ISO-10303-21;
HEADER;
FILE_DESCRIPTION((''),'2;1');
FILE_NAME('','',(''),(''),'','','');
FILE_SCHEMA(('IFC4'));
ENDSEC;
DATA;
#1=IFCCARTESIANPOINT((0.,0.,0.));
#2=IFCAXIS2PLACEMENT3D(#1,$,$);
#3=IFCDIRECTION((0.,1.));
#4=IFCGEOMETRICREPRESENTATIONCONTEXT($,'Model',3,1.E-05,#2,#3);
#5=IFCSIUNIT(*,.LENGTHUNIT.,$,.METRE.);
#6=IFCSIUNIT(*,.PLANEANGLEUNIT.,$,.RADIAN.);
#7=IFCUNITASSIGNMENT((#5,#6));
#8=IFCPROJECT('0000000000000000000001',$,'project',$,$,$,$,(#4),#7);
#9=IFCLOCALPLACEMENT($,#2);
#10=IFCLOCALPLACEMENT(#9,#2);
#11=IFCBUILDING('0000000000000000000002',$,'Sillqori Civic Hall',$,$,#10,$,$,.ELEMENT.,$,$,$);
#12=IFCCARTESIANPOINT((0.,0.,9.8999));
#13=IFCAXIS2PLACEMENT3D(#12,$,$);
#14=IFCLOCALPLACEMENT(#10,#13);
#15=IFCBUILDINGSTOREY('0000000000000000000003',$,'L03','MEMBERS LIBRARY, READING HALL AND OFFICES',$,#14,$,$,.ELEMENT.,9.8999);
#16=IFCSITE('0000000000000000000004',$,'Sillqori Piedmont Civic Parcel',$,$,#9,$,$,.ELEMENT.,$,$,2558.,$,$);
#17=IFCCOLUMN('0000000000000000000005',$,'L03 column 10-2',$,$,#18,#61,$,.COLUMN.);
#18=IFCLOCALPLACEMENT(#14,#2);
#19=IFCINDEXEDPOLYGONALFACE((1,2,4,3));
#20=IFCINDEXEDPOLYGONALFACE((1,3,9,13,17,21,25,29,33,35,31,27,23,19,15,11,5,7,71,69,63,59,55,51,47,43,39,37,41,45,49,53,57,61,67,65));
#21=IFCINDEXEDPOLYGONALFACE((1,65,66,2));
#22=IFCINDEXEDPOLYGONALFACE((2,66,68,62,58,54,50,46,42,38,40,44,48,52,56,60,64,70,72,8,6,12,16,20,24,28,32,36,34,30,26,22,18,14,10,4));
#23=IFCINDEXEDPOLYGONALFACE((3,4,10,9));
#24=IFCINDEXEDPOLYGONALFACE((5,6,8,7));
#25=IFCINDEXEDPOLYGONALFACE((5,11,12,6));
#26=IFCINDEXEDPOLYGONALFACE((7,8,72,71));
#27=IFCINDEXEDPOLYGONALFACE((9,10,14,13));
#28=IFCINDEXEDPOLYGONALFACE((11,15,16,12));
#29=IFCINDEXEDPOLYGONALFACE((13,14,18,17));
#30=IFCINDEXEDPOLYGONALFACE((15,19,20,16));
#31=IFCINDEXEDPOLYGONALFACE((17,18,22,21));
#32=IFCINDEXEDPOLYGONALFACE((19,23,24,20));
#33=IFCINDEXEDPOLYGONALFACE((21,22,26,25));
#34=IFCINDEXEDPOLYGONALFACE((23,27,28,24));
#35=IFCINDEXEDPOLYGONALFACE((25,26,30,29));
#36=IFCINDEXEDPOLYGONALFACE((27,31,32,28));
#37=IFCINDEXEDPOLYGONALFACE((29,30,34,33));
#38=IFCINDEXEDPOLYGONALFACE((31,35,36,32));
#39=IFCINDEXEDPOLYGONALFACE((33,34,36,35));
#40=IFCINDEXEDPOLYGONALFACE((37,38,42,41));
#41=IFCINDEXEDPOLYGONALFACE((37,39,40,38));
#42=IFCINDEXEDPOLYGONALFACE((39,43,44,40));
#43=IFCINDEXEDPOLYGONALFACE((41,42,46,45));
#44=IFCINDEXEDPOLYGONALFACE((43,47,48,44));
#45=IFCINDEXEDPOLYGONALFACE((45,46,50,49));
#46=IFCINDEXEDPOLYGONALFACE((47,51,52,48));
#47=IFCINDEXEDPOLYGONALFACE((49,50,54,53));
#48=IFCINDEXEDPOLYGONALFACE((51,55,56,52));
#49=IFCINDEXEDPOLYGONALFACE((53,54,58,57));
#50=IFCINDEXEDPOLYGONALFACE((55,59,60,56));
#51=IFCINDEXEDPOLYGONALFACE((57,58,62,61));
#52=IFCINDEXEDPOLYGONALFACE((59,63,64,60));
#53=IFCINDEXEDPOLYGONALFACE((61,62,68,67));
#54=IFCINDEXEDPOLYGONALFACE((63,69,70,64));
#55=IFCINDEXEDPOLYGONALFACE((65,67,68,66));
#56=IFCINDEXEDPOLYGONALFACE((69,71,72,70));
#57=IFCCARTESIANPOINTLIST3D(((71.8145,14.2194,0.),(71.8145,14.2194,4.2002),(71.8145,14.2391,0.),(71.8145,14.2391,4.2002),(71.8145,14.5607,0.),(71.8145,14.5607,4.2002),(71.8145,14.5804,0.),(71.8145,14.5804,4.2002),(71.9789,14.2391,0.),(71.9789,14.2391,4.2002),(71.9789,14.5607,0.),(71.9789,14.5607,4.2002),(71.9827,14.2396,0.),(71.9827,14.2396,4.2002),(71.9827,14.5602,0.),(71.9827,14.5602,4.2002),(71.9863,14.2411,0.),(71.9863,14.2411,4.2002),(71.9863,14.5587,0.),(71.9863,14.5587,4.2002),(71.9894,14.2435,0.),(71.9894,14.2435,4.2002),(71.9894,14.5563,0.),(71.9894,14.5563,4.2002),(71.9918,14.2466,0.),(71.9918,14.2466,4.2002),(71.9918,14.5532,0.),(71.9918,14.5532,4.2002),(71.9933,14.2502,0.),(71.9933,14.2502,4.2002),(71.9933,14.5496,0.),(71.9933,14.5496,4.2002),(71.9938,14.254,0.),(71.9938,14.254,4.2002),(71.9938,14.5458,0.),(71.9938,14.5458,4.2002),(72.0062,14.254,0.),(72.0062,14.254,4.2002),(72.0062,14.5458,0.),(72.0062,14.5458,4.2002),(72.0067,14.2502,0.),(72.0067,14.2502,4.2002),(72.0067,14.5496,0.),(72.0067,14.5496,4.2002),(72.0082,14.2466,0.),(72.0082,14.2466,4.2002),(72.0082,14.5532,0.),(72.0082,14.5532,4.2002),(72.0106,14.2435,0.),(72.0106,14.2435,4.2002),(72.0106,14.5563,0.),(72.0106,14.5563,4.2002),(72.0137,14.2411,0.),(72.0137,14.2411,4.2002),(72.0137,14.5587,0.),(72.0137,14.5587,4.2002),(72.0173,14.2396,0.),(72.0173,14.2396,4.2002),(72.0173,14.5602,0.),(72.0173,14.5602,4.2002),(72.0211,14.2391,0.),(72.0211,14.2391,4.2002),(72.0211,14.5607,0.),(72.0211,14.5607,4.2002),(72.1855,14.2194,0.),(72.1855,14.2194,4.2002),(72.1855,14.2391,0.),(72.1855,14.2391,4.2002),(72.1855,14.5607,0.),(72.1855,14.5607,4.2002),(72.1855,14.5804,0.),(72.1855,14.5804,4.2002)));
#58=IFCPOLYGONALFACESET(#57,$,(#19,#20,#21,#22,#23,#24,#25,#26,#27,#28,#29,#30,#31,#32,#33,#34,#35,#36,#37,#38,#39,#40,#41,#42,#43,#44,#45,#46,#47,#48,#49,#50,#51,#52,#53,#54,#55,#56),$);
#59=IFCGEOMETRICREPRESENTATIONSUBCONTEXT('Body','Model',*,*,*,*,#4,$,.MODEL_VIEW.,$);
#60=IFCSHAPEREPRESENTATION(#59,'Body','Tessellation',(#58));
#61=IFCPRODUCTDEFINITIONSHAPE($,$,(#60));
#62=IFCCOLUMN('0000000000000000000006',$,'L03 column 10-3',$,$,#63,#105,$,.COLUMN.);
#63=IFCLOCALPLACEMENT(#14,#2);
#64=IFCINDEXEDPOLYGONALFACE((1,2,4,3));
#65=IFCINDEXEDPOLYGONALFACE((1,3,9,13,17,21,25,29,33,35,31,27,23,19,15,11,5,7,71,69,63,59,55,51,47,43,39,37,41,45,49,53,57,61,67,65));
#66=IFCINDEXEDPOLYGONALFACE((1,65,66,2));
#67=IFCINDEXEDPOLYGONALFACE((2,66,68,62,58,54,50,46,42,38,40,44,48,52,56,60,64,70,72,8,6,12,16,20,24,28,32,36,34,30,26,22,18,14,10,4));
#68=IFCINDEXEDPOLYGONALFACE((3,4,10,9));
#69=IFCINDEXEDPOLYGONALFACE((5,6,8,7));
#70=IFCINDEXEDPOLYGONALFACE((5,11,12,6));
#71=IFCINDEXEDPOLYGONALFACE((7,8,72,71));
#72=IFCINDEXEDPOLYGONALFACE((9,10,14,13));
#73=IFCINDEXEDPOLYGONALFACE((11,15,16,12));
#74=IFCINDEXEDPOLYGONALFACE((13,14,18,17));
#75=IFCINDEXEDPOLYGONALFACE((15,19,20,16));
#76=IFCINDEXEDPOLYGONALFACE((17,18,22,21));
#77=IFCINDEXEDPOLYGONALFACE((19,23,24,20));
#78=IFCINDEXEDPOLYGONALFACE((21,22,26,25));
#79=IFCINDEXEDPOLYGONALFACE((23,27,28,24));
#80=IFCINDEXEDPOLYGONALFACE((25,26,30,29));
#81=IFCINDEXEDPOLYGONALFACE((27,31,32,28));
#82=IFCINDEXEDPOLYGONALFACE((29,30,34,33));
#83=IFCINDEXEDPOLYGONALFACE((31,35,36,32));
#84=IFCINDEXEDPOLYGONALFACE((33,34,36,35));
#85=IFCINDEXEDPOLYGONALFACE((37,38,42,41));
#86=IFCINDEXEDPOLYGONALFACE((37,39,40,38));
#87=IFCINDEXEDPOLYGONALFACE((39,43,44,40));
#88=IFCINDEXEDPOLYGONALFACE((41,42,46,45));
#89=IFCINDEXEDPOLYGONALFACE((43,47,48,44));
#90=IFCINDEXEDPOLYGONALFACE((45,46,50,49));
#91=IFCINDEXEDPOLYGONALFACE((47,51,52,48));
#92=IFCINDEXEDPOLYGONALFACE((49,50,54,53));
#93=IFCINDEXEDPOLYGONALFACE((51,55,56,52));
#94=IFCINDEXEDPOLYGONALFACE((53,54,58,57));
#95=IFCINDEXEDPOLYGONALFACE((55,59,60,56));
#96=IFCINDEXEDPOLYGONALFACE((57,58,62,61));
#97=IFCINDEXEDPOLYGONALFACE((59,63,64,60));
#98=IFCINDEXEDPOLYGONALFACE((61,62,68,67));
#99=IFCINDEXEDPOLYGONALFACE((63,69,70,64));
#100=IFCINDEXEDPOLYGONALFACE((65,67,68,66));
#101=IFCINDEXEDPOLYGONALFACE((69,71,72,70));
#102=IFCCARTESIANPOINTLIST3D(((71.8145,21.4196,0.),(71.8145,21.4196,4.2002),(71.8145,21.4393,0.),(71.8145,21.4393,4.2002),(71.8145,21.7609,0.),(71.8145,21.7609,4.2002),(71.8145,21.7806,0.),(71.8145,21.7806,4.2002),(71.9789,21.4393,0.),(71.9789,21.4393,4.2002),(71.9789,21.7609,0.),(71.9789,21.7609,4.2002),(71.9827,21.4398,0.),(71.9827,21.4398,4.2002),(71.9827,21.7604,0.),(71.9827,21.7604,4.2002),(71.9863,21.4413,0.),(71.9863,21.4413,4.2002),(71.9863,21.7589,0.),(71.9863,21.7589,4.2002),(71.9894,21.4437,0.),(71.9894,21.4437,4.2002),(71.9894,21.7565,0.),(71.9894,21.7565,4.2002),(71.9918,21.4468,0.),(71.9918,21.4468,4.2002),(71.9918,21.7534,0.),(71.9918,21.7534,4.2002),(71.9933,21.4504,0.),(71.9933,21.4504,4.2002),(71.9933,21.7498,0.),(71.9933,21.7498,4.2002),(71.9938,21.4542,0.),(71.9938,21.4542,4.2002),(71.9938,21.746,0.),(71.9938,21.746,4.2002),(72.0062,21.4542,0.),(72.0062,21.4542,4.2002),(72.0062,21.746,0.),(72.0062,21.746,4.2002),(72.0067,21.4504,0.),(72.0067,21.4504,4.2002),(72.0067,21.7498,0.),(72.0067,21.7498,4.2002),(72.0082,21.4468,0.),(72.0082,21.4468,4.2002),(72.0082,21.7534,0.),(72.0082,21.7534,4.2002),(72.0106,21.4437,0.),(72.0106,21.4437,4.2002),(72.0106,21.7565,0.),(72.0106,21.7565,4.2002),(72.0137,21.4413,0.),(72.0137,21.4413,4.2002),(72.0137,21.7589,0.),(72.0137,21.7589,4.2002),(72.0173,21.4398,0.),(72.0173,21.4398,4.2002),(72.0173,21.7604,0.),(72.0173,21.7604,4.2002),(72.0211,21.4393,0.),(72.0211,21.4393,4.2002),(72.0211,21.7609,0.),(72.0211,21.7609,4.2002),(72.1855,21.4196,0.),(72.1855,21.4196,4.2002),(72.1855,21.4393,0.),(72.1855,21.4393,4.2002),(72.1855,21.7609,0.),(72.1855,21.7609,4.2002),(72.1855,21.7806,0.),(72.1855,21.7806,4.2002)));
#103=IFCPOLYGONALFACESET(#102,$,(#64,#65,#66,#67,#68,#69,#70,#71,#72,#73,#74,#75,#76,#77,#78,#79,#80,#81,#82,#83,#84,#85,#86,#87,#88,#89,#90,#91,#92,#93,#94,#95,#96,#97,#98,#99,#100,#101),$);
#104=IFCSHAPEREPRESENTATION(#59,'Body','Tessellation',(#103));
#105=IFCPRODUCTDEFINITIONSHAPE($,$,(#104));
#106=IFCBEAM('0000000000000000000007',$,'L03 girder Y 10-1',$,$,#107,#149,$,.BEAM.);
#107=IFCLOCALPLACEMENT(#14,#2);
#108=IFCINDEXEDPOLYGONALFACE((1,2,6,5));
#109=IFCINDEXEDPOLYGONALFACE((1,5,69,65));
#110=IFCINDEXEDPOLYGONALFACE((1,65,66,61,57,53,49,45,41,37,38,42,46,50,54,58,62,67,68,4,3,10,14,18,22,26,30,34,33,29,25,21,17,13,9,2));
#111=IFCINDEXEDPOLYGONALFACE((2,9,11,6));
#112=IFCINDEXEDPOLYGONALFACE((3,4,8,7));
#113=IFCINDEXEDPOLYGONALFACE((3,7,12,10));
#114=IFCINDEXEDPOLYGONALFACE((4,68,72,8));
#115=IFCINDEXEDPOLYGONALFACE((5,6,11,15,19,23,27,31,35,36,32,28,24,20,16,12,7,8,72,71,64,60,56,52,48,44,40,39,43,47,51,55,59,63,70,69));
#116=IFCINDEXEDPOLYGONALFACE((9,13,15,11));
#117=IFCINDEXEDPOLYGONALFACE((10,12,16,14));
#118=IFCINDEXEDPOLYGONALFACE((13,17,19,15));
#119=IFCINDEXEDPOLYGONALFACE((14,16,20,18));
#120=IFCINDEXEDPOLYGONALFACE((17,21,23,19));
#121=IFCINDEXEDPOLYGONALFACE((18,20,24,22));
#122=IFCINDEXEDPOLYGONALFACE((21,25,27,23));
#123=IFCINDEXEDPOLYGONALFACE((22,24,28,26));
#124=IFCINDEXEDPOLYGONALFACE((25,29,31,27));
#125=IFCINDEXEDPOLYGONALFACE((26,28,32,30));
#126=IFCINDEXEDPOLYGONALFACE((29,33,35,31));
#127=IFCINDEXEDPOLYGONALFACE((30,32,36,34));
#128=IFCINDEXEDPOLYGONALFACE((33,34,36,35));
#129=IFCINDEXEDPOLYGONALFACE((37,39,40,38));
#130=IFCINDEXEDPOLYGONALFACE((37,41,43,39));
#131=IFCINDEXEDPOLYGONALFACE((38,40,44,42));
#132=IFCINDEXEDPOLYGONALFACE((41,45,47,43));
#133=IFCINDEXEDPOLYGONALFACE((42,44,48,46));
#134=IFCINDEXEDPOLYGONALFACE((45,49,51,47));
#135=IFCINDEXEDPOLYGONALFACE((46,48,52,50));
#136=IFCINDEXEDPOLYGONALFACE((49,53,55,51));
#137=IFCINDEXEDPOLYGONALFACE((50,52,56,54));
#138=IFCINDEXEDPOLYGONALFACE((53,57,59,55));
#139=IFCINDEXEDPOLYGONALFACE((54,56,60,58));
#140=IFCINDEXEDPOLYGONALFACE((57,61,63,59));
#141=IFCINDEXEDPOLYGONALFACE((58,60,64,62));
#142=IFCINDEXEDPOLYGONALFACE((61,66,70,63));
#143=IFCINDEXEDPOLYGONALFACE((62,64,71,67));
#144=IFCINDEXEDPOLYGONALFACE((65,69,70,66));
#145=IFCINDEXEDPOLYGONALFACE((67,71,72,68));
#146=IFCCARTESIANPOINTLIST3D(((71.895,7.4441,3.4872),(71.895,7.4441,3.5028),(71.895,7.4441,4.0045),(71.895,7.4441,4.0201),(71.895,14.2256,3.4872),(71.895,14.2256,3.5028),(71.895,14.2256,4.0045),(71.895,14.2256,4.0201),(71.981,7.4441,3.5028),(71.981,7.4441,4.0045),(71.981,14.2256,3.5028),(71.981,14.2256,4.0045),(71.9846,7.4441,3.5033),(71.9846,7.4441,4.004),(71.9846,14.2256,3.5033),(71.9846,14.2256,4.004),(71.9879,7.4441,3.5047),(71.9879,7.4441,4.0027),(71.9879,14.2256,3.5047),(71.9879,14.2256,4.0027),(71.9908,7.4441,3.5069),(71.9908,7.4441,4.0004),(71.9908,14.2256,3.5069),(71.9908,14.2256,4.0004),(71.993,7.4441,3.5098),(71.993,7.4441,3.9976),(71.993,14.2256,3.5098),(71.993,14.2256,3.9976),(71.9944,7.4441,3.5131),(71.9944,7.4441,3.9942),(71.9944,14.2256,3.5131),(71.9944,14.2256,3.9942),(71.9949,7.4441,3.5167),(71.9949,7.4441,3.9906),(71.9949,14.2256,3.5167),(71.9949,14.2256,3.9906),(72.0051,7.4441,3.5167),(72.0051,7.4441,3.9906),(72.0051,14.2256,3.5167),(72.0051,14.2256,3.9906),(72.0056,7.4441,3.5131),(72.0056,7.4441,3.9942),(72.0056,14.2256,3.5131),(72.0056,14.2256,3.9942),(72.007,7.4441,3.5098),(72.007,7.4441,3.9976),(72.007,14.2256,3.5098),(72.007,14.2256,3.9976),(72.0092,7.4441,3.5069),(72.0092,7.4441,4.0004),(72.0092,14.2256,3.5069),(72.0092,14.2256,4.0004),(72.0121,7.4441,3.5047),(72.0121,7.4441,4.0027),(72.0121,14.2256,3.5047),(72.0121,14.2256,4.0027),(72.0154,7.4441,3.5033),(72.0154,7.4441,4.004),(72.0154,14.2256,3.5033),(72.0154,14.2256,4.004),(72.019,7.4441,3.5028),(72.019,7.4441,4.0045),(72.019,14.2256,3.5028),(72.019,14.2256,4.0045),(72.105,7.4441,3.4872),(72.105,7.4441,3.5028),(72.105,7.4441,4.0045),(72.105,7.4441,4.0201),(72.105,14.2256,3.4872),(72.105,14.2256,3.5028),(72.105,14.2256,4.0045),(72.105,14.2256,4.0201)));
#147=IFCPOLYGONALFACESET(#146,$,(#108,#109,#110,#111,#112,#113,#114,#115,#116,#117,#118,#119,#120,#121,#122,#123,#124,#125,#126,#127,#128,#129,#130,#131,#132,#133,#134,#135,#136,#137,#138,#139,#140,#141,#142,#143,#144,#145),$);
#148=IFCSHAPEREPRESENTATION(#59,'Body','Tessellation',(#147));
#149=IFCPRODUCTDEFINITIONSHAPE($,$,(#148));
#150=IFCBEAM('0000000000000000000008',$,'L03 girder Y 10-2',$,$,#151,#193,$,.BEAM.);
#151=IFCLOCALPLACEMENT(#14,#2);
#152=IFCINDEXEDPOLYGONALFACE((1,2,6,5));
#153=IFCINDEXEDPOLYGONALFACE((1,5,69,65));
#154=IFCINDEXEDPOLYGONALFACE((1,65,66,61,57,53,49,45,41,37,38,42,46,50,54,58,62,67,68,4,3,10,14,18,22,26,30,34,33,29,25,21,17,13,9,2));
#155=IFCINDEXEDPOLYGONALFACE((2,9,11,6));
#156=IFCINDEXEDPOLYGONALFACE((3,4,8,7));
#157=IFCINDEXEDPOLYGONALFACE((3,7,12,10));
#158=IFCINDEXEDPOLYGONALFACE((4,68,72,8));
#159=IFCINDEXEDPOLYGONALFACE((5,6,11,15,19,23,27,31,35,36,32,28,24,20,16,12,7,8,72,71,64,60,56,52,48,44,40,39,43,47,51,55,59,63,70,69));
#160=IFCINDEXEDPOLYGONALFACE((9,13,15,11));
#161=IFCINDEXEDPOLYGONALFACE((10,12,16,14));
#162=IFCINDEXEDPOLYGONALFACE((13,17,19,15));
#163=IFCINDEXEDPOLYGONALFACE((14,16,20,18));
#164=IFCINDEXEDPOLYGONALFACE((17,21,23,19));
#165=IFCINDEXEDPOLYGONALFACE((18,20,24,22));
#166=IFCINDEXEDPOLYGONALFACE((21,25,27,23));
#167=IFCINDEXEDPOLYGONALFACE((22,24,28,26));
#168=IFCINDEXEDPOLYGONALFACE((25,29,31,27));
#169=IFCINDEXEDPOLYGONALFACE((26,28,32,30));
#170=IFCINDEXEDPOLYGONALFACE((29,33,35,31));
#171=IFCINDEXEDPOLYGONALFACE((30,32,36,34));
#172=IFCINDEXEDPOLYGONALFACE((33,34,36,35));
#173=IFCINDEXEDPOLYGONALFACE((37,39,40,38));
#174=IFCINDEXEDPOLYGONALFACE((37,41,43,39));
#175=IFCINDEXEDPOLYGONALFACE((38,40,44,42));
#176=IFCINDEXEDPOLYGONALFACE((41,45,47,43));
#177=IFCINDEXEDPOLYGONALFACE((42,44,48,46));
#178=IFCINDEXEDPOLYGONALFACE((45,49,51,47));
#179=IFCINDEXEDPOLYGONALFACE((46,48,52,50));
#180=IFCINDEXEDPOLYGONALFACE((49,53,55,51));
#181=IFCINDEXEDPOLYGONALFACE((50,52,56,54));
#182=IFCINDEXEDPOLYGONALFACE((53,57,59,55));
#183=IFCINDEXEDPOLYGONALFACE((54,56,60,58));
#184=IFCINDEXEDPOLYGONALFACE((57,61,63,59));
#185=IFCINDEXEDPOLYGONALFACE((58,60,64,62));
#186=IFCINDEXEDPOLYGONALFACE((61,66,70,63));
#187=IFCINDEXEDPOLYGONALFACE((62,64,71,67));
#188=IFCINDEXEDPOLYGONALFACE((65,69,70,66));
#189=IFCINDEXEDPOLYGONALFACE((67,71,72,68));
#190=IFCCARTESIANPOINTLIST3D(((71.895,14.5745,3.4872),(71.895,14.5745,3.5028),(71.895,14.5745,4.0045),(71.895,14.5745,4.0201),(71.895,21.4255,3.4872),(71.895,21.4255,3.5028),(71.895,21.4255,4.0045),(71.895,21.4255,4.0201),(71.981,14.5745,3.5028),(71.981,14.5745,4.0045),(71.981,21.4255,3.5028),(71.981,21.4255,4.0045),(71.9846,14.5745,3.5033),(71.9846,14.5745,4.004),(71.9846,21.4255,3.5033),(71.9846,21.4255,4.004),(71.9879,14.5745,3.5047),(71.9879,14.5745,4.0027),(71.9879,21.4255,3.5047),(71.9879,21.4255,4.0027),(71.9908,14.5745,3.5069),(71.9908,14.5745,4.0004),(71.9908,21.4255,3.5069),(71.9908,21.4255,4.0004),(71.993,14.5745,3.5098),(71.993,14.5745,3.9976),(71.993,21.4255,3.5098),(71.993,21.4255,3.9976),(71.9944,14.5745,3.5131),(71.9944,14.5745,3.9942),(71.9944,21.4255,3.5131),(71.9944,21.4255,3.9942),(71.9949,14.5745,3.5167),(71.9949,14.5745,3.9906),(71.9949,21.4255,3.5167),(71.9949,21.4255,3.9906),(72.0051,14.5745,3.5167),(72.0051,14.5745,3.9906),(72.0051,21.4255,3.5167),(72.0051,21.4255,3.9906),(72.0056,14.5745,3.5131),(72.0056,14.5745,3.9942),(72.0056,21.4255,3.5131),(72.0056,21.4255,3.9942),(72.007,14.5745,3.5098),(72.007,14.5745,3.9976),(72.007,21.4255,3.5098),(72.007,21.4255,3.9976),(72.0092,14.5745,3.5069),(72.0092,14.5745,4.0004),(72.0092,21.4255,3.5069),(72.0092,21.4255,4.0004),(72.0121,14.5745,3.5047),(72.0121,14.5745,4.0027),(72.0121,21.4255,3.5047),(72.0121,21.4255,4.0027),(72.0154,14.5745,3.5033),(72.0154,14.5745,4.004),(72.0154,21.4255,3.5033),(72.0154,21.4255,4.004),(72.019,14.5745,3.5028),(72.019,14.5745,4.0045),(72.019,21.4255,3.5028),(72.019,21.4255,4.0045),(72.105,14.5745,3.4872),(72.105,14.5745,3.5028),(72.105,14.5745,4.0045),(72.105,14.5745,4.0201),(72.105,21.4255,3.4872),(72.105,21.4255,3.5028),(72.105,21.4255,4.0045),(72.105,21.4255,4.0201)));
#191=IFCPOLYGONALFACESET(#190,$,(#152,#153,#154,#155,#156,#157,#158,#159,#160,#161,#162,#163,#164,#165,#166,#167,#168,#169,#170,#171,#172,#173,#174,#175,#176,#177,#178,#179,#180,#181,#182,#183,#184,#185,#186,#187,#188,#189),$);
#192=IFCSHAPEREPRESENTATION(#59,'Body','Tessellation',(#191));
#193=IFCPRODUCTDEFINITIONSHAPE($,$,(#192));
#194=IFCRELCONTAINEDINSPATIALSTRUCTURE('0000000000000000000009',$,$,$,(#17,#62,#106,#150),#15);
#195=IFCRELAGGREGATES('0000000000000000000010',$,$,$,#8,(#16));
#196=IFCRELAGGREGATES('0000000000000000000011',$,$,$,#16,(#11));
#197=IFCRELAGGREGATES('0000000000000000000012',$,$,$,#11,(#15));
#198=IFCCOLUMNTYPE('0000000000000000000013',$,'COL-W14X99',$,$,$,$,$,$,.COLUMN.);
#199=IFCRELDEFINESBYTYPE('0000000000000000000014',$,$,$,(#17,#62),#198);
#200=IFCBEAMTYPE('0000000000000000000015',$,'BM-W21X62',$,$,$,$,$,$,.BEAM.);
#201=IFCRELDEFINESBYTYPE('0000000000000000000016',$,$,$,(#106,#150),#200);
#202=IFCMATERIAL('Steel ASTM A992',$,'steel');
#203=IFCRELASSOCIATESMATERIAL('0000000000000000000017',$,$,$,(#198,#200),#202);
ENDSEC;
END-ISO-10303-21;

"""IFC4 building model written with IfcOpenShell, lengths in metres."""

from ifc_helpers import new_model, si_unit, direction, frame, origin, origin_2d, place, context, subcontext, project, spatial, i_section, extrude, material, material_profile, profile_set, type_object, element, save


model = new_model("IFC4")

# Units and contexts
model_context = context("Model", 3, precision=1e-05, world=origin(), true_north=direction((0.0, 1.0)))
body_context = subcontext(model_context, "Body", "Model", "MODEL_VIEW")
ifc_project = project(units=[si_unit("LENGTHUNIT", "METRE"), si_unit("PLANEANGLEUNIT", "RADIAN")], contexts=[model_context])

# Site, building, storey
site_placement = place(None, origin())
site = spatial("IfcSite", under=ifc_project, at=site_placement, Name="Sillqori Piedmont Civic Parcel", CompositionType="ELEMENT", RefElevation=2558.0)
building_placement = place(site_placement, origin())
building = spatial("IfcBuilding", under=site, at=building_placement, Name="Sillqori Civic Hall", CompositionType="ELEMENT")
storey_placement = place(building_placement, frame((0.0, 0.0, 9.8999)))
storey = spatial("IfcBuildingStorey", under=building, at=storey_placement, Name="L03", Description="MEMBERS LIBRARY, READING HALL AND OFFICES", CompositionType="ELEMENT", Elevation=9.8999)

# Columns
ifc_material_1 = material(Name="Steel ASTM A992", Category="steel")
ifc_material_profile_1 = material_profile(ifc_material_1, i_section(OverallWidth=0.3711, OverallDepth=0.3611, WebThickness=0.0125, FlangeThickness=0.0198, FilletRadius=0.0149, at=origin_2d()), Name="W14X99")
ifc_profile_set_1 = profile_set([ifc_material_profile_1], Name="Steel ASTM A992")
column_type = type_object("IfcColumnType", Name="COL-W14X99", PredefinedType="COLUMN", material=ifc_profile_set_1)
for number, where, z_axis, x_axis, name in (
    (1, (72.0, 14.3999, 0.0), (0.0, 0.0, 1.0), (1.0, 0.0, 0.0), "L03 column 10-2"),
    (2, (72.0, 21.6001, 0.0), (0.0, 0.0, 1.0), (1.0, 0.0, 0.0), "L03 column 10-3"),
):
    element("IfcColumn", number, at=place(storey_placement, frame(where, z_axis=z_axis, x_axis=x_axis)), inside=storey, type_object=column_type, Name=name, PredefinedType="COLUMN", context=body_context, shape_type="SweptSolid", body=[
        extrude(i_section(OverallWidth=0.3711, OverallDepth=0.3611, WebThickness=0.0125, FlangeThickness=0.0198, FilletRadius=0.0149, at=origin_2d()), origin(), (0.0, 0.0, 1.0), 4.2002),
    ])

# Beams
ifc_material_profile_2 = material_profile(ifc_material_1, i_section(OverallWidth=0.21, OverallDepth=0.533, WebThickness=0.0103, FlangeThickness=0.0156, FilletRadius=0.0139, at=origin_2d()), Name="W21X62")
ifc_profile_set_2 = profile_set([ifc_material_profile_2], Name="Steel ASTM A992")
beam_type_1 = type_object("IfcBeamType", Name="BM-W21X62", PredefinedType="BEAM", material=ifc_profile_set_2)
beam_1_placement = place(storey_placement, frame((72.0, 7.4441, 3.7537), z_axis=(0.0, 1.0, 0.0), x_axis=(-1.0, 0.0, 0.0)))
element("IfcBeam", 3, at=beam_1_placement, inside=storey, type_object=beam_type_1, Name="L03 girder Y 10-1", PredefinedType="BEAM", context=body_context, shape_type="SweptSolid", body=[
    extrude(i_section(OverallWidth=0.21, OverallDepth=0.533, WebThickness=0.0103, FlangeThickness=0.0156, FilletRadius=0.0139, at=origin_2d()), origin(), (0.0, 0.0, 1.0), 6.7815),
])
for number, where, z_axis, x_axis, name in (
    (4, (72.0, 14.5745, 3.7537), (0.0, 1.0, 0.0), (-1.0, 0.0, 0.0), "L03 girder Y 10-2"),
):
    element("IfcBeam", number, at=place(storey_placement, frame(where, z_axis=z_axis, x_axis=x_axis)), inside=storey, type_object=beam_type_1, Name=name, PredefinedType="BEAM", context=body_context, shape_type="SweptSolid", body=[
        extrude(i_section(OverallWidth=0.21, OverallDepth=0.533, WebThickness=0.0103, FlangeThickness=0.0156, FilletRadius=0.0139, at=origin_2d()), origin(), (0.0, 0.0, 1.0), 6.8511),
    ])

save(model, "model.ifc")
